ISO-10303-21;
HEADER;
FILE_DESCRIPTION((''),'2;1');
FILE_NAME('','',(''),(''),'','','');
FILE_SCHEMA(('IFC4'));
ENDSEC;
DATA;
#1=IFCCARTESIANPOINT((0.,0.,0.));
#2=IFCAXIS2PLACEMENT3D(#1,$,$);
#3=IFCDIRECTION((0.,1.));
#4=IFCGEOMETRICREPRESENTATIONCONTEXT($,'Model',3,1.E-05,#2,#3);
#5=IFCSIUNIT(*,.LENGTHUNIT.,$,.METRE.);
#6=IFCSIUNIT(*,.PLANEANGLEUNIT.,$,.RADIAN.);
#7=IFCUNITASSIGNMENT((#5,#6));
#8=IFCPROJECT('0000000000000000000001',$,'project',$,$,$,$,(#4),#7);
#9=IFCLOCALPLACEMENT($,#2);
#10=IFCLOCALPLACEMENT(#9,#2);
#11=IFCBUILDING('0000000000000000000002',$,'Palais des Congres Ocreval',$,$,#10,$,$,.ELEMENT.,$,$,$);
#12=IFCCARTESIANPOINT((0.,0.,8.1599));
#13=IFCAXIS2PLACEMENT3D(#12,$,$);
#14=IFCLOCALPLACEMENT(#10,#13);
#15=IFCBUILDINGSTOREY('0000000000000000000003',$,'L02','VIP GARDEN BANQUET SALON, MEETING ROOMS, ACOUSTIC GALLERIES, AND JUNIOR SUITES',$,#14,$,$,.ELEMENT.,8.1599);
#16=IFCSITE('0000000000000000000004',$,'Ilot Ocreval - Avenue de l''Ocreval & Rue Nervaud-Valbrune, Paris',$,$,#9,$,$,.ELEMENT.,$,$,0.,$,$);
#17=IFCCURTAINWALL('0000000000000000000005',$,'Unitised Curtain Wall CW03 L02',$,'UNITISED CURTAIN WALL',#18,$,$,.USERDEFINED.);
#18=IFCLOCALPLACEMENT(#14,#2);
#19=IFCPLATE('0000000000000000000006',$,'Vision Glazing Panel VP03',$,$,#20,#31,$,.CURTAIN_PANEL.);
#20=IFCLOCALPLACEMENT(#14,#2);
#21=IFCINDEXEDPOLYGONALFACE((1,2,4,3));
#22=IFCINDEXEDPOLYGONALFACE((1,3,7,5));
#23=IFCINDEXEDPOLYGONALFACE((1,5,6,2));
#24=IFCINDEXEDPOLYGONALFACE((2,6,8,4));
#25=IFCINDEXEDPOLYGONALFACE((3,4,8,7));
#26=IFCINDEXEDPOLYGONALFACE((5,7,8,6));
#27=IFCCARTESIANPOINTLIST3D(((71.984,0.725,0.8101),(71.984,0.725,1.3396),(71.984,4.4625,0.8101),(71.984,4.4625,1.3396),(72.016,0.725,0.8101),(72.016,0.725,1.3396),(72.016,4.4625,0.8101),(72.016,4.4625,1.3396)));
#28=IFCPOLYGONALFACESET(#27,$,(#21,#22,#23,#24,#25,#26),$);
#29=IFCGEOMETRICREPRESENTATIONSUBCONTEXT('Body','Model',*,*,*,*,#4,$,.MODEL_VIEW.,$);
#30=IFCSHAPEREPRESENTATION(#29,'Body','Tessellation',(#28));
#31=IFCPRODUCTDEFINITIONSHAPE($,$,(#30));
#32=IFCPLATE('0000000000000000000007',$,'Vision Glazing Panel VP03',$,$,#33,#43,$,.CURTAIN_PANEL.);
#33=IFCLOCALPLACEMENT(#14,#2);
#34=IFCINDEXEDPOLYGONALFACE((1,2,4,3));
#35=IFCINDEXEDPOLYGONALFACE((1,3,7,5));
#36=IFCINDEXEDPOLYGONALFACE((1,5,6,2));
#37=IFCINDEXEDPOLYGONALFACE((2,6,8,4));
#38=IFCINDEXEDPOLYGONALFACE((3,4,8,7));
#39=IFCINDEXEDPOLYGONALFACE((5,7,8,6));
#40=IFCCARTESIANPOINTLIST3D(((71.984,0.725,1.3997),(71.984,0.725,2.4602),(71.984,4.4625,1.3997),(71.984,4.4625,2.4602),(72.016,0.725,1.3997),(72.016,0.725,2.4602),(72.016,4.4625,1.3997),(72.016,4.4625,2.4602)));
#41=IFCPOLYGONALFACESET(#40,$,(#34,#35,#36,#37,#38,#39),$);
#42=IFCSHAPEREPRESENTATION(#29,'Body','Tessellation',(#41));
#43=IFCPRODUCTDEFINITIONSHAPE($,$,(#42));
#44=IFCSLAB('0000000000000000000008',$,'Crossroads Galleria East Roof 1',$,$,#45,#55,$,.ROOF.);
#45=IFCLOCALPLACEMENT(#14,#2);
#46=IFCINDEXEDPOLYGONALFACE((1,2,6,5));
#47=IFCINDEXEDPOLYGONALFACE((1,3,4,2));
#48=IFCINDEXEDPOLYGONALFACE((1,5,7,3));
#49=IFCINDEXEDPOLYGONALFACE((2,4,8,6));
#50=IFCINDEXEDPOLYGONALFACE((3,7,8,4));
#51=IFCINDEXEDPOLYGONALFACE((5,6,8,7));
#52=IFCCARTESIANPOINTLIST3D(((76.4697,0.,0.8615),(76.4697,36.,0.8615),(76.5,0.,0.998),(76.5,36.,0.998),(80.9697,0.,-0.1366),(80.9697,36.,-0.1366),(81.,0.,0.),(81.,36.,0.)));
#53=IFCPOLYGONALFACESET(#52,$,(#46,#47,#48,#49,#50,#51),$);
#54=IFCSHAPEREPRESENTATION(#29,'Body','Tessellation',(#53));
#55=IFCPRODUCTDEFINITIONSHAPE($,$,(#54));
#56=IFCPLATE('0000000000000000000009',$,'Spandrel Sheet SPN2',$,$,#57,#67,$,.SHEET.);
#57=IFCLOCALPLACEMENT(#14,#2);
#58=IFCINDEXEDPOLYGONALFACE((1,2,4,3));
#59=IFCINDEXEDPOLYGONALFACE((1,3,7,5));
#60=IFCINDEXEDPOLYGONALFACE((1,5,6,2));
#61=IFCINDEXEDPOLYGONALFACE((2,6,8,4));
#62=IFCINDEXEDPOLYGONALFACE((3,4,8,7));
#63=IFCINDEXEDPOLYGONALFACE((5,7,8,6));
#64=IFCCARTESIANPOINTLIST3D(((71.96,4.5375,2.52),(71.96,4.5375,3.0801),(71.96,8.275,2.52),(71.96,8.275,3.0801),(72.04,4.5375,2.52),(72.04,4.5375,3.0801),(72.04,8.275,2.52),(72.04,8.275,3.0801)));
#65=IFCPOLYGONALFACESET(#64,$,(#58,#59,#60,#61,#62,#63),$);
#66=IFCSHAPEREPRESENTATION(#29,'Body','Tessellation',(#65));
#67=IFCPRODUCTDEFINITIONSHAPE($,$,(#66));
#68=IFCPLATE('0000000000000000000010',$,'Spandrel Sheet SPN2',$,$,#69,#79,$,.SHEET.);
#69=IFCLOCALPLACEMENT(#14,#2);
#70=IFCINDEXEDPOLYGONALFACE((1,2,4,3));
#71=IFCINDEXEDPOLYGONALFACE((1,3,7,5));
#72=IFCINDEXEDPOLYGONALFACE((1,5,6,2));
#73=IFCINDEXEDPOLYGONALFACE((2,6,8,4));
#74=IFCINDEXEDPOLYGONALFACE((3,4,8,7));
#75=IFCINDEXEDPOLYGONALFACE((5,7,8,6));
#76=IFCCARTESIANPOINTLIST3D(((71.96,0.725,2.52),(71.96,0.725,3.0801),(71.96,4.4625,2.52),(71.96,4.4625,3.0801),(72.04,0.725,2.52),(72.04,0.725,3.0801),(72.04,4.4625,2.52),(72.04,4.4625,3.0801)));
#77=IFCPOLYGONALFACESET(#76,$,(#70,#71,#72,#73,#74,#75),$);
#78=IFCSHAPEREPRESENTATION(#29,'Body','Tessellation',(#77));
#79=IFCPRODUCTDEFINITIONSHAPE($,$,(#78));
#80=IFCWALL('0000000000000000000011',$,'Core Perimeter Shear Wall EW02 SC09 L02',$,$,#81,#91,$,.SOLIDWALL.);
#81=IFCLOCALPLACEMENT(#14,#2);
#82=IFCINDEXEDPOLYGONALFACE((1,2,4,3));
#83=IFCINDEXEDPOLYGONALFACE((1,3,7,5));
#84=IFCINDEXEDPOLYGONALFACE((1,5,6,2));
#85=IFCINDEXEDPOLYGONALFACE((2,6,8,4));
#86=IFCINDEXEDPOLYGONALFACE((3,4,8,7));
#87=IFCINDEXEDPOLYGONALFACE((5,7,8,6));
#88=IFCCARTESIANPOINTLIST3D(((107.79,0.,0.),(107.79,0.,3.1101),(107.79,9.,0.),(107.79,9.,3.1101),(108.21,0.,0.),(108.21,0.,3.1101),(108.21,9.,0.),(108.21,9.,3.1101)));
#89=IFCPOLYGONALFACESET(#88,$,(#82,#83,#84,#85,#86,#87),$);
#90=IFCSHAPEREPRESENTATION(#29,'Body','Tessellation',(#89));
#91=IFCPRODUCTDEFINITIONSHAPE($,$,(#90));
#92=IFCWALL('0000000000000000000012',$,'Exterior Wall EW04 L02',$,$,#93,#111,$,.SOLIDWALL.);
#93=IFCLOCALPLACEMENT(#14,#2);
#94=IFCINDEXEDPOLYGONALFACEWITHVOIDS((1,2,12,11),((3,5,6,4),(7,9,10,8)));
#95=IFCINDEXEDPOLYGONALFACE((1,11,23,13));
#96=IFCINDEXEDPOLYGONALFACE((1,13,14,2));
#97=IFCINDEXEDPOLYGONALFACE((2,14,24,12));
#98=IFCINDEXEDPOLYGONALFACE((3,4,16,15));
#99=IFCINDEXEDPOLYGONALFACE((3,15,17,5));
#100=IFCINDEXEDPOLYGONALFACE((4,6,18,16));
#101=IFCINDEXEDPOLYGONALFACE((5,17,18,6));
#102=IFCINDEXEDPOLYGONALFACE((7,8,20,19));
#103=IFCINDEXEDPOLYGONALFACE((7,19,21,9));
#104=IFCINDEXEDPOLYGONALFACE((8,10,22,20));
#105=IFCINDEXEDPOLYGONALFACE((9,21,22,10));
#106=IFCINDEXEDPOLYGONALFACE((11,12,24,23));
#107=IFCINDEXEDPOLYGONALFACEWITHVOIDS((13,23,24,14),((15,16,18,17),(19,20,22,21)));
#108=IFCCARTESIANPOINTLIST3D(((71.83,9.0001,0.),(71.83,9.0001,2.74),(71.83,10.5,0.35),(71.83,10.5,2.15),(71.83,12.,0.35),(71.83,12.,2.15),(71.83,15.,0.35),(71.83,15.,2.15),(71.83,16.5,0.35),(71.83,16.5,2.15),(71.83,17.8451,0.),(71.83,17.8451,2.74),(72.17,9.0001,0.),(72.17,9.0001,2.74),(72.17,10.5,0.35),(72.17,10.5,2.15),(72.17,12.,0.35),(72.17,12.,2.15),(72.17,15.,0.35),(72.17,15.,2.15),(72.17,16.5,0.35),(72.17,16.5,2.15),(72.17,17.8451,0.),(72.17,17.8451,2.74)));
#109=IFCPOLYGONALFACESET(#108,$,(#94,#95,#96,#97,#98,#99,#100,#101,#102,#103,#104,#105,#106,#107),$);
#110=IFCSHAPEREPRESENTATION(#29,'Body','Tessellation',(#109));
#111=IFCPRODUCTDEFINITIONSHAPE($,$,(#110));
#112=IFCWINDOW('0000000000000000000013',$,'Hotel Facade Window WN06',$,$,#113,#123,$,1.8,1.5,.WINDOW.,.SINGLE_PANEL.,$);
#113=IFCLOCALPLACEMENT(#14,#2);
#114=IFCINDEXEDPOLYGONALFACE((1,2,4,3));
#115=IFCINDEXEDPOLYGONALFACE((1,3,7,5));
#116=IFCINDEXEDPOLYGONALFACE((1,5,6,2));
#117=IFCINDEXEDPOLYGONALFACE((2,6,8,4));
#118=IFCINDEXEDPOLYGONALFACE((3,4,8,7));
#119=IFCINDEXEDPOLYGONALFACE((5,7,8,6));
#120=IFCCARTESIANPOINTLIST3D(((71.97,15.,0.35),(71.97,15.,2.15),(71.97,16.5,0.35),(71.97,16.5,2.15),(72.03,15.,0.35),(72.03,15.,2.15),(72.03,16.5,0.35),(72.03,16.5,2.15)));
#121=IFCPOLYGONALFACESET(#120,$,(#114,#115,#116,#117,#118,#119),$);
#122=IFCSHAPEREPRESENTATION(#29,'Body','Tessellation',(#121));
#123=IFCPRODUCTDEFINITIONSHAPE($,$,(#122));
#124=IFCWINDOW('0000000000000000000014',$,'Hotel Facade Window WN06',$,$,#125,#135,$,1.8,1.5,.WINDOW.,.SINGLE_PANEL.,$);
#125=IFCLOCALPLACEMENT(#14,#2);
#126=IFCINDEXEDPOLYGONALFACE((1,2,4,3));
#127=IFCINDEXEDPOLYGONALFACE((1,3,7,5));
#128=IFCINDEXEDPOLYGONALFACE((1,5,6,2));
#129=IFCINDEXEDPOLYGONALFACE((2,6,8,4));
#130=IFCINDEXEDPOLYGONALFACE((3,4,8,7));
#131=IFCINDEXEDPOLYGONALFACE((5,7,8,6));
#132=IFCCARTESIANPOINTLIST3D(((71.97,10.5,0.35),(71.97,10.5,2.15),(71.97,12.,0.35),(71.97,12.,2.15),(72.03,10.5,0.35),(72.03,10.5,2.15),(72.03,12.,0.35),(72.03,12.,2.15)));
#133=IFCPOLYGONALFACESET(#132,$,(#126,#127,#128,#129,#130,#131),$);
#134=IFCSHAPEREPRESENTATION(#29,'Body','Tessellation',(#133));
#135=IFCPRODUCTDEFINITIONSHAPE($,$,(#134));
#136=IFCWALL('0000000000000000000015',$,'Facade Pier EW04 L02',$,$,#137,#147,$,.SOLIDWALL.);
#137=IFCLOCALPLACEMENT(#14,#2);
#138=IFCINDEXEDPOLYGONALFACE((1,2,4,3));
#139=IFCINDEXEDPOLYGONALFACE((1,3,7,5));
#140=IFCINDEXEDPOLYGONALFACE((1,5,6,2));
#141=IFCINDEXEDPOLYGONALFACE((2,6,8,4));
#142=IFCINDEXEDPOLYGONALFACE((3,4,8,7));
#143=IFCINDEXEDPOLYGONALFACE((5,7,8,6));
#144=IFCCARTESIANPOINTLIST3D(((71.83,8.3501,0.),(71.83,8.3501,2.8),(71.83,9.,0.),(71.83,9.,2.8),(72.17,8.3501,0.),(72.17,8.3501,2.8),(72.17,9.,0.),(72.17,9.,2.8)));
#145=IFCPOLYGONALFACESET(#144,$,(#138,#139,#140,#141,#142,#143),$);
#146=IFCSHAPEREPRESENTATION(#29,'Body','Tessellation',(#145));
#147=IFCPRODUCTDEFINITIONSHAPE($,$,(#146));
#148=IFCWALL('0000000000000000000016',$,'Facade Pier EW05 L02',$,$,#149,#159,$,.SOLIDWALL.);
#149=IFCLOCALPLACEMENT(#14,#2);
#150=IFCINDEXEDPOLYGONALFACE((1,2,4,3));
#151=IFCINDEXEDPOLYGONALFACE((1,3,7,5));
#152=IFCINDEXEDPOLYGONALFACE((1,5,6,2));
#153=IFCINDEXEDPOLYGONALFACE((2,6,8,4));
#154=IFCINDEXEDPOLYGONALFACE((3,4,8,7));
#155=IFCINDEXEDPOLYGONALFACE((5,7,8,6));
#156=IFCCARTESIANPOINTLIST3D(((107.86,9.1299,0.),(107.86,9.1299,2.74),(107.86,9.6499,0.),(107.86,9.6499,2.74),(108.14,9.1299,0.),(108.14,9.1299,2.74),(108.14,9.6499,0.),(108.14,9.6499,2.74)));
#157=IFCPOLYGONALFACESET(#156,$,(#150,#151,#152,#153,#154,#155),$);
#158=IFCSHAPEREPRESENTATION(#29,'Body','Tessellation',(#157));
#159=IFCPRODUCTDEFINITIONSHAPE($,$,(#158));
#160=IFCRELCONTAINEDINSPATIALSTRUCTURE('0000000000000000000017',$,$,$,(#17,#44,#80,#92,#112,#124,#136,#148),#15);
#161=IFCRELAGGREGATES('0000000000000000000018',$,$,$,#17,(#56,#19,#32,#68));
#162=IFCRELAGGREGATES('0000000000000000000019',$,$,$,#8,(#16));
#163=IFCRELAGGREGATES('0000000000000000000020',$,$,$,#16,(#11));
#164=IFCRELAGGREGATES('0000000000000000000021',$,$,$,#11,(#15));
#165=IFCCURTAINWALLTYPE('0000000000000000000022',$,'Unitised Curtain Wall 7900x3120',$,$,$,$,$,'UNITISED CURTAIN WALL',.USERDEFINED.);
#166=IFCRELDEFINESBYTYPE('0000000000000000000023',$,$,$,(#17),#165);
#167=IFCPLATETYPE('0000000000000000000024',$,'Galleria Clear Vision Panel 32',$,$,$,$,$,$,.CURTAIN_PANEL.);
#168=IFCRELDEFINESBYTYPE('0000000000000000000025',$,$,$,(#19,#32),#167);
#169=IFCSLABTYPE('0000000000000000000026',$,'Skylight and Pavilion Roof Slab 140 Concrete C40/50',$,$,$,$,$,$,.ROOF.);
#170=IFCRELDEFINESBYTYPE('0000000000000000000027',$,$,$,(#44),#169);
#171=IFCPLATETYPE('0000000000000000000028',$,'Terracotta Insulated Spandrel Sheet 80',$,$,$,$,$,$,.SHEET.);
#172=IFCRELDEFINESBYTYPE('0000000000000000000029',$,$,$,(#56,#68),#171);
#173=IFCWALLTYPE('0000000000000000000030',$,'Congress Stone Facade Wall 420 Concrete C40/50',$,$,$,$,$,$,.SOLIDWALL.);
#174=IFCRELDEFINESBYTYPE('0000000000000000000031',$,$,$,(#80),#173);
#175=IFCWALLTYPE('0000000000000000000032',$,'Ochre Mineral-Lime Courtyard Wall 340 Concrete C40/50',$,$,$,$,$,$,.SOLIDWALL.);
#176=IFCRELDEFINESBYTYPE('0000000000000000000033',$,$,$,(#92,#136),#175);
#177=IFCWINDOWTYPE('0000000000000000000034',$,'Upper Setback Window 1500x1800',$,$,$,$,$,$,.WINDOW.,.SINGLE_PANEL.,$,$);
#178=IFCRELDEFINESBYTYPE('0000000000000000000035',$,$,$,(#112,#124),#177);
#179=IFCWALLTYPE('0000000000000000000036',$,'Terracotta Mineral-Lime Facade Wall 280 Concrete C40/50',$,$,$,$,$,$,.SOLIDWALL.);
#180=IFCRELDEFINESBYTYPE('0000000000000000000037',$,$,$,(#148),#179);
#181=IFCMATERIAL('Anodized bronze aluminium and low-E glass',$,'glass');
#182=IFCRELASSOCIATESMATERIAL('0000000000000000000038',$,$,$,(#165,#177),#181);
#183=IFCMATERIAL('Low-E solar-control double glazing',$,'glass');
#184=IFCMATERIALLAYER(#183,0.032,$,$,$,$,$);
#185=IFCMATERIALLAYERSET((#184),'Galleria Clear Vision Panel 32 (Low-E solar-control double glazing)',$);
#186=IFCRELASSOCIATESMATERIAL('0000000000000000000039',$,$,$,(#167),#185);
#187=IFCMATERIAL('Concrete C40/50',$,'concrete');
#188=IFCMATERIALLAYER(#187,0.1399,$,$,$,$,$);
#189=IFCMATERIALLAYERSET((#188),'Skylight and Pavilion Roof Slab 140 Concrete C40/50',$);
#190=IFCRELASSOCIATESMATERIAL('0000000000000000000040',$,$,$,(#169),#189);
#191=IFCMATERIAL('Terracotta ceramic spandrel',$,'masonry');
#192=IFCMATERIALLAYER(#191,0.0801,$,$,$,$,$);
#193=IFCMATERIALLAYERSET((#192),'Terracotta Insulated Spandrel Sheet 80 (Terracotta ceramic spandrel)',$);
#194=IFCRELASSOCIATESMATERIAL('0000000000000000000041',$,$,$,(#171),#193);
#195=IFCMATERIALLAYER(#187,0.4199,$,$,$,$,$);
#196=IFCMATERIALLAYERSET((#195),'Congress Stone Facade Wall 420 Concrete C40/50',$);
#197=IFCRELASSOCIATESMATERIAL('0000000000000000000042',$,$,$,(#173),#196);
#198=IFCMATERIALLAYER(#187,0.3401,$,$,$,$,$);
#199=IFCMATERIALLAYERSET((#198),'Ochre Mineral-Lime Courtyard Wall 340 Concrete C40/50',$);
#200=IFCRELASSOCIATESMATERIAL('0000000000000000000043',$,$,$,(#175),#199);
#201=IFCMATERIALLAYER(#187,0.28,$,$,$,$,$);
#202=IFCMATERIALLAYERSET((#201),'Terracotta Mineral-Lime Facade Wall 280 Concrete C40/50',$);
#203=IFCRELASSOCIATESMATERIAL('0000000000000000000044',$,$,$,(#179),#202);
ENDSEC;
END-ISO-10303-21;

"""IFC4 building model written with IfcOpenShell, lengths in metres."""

from ifc_helpers import new_model, si_unit, direction, frame, frame_2d, origin, origin_2d, place, context, subcontext, project, spatial, polyline, rectangle, outline, extrude, material, layer, layer_set, type_object, element, fill, aggregate, save


model = new_model("IFC4")

# Units and contexts
model_context = context("Model", 3, precision=1e-05, world=origin(), true_north=direction((0.0, 1.0)))
body_context = subcontext(model_context, "Body", "Model", "MODEL_VIEW")
ifc_project = project(units=[si_unit("LENGTHUNIT", "METRE"), si_unit("PLANEANGLEUNIT", "RADIAN")], contexts=[model_context])

# Site, building, storey
site_placement = place(None, origin())
site = spatial("IfcSite", under=ifc_project, at=site_placement, Name="Ilot Ocreval - Avenue de l'Ocreval & Rue Nervaud-Valbrune, Paris", CompositionType="ELEMENT", RefElevation=0.0)
building_placement = place(site_placement, origin())
building = spatial("IfcBuilding", under=site, at=building_placement, Name="Palais des Congres Ocreval", CompositionType="ELEMENT")
storey_placement = place(building_placement, frame((0.0, 0.0, 8.1599)))
storey = spatial("IfcBuildingStorey", under=building, at=storey_placement, Name="L02", Description="VIP GARDEN BANQUET SALON, MEETING ROOMS, ACOUSTIC GALLERIES, AND JUNIOR SUITES", CompositionType="ELEMENT", Elevation=8.1599)

# Shared definitions
ifc_material_1 = material(Name="Concrete C40/50", Category="concrete")

# Curtain wall
ifc_material_2 = material(Name="Anodized bronze aluminium and low-E glass", Category="glass")
curtain_wall_type = type_object("IfcCurtainWallType", Name="Unitised Curtain Wall 7900x3120", ElementType="UNITISED CURTAIN WALL", PredefinedType="USERDEFINED", material=ifc_material_2)
curtain_wall_1_placement = place(storey_placement, origin())
curtain_wall_1 = element("IfcCurtainWall", 1, at=curtain_wall_1_placement, inside=storey, type_object=curtain_wall_type, Name="Unitised Curtain Wall CW03 L02", ObjectType="UNITISED CURTAIN WALL", PredefinedType="USERDEFINED")

# Plates
ifc_material_3 = material(Name="Low-E solar-control double glazing", Category="glass")
ifc_layer_1 = layer(ifc_material_3, 0.032)
ifc_layer_set_1 = layer_set([ifc_layer_1], Name="Galleria Clear Vision Panel 32 (Low-E solar-control double glazing)")
plate_type_1 = type_object("IfcPlateType", Name="Galleria Clear Vision Panel 32", PredefinedType="CURTAIN_PANEL", material=ifc_layer_set_1)
plate_1_placement = place(storey_placement, frame((72.0, 2.5938, 0.8101), z_axis=(0.0, 0.0, 1.0), x_axis=(0.0, -1.0, 0.0)))
plate_1 = element("IfcPlate", 2, at=plate_1_placement, type_object=plate_type_1, Name="Vision Glazing Panel VP03", PredefinedType="CURTAIN_PANEL", context=body_context, shape_type="SweptSolid", body=[
    extrude(rectangle(XDim=3.7375, YDim=0.032, at=origin_2d()), origin(), (0.0, 0.0, 1.0), 0.5295),
])
plate_2_placement = place(storey_placement, frame((72.0, 2.5938, 1.3997), z_axis=(0.0, 0.0, 1.0), x_axis=(0.0, -1.0, 0.0)))
plate_2 = element("IfcPlate", 3, at=plate_2_placement, type_object=plate_type_1, Name="Vision Glazing Panel VP03", PredefinedType="CURTAIN_PANEL", context=body_context, shape_type="SweptSolid", body=[
    extrude(rectangle(XDim=3.7375, YDim=0.032, at=origin_2d()), origin(), (0.0, 0.0, 1.0), 1.0605),
])

# Slab
ifc_layer_2 = layer(ifc_material_1, 0.1399)
ifc_layer_set_2 = layer_set([ifc_layer_2], Name="Skylight and Pavilion Roof Slab 140 Concrete C40/50")
slab_type = type_object("IfcSlabType", Name="Skylight and Pavilion Roof Slab 140 Concrete C40/50", PredefinedType="ROOF", material=ifc_layer_set_2)
slab_placement = place(storey_placement, frame((76.5, 0.0, 0.998), z_axis=(0.216527, 0.0, 0.976277), x_axis=(0.976277, 0.0, -0.216527)))
element("IfcSlab", 4, at=slab_placement, inside=storey, type_object=slab_type, Name="Crossroads Galleria East Roof 1", PredefinedType="ROOF", context=body_context, shape_type="SweptSolid", body=[
    extrude(outline(polyline([(0.0, 0.0), (4.6093, 0.0), (4.6093, 36.0), (0.0, 36.0), (0.0, 0.0)])), origin(), (0.0, 0.0, -1.0), 0.1399),
])

# Plates
ifc_material_4 = material(Name="Terracotta ceramic spandrel", Category="masonry")
ifc_layer_3 = layer(ifc_material_4, 0.0801)
ifc_layer_set_3 = layer_set([ifc_layer_3], Name="Terracotta Insulated Spandrel Sheet 80 (Terracotta ceramic spandrel)")
plate_type_2 = type_object("IfcPlateType", Name="Terracotta Insulated Spandrel Sheet 80", PredefinedType="SHEET", material=ifc_layer_set_3)
plate_3_placement = place(storey_placement, frame((72.0, 6.4062, 2.52), z_axis=(0.0, 0.0, 1.0), x_axis=(0.0, -1.0, 0.0)))
plate_3 = element("IfcPlate", 5, at=plate_3_placement, type_object=plate_type_2, Name="Spandrel Sheet SPN2", PredefinedType="SHEET", context=body_context, shape_type="SweptSolid", body=[
    extrude(rectangle(XDim=3.7375, YDim=0.0801, at=origin_2d()), origin(), (0.0, 0.0, 1.0), 0.5601),
])
plate_4_placement = place(storey_placement, frame((72.0, 2.5938, 2.52), z_axis=(0.0, 0.0, 1.0), x_axis=(0.0, -1.0, 0.0)))
plate_4 = element("IfcPlate", 6, at=plate_4_placement, type_object=plate_type_2, Name="Spandrel Sheet SPN2", PredefinedType="SHEET", context=body_context, shape_type="SweptSolid", body=[
    extrude(rectangle(XDim=3.7375, YDim=0.0801, at=origin_2d()), origin(), (0.0, 0.0, 1.0), 0.5601),
])
aggregate(curtain_wall_1, [plate_3, plate_1, plate_2, plate_4])

# Wall
ifc_layer_4 = layer(ifc_material_1, 0.4199)
ifc_layer_set_4 = layer_set([ifc_layer_4], Name="Congress Stone Facade Wall 420 Concrete C40/50")
wall_type_1 = type_object("IfcWallType", Name="Congress Stone Facade Wall 420 Concrete C40/50", PredefinedType="SOLIDWALL", material=ifc_layer_set_4)
wall_1_placement = place(storey_placement, frame((108.0, 0.0, 0.0), z_axis=(0.0, 0.0, 1.0), x_axis=(0.0, 1.0, 0.0)))
element("IfcWall", 7, at=wall_1_placement, inside=storey, type_object=wall_type_1, Name="Core Perimeter Shear Wall EW02 SC09 L02", PredefinedType="SOLIDWALL", context=body_context, shape_type="SweptSolid", body=[
    extrude(rectangle(XDim=9.0, YDim=0.4199, at=frame_2d((4.5, 0.0))), origin(), (0.0, 0.0, 1.0), 3.1101),
])

# Wall, openings, windows
ifc_layer_5 = layer(ifc_material_1, 0.3401)
ifc_layer_set_5 = layer_set([ifc_layer_5], Name="Ochre Mineral-Lime Courtyard Wall 340 Concrete C40/50")
wall_type_2 = type_object("IfcWallType", Name="Ochre Mineral-Lime Courtyard Wall 340 Concrete C40/50", PredefinedType="SOLIDWALL", material=ifc_layer_set_5)
wall_2_placement = place(storey_placement, frame((72.0, 17.845, 0.0), z_axis=(0.0, 0.0, 1.0), x_axis=(0.0, -1.0, 0.0)))
wall_2 = element("IfcWall", 8, at=wall_2_placement, inside=storey, type_object=wall_type_2, Name="Exterior Wall EW04 L02", PredefinedType="SOLIDWALL", context=body_context, shape_type="SweptSolid", body=[
    extrude(rectangle(XDim=8.845, YDim=0.3401, at=frame_2d((4.4224, 0.0))), origin(), (0.0, 0.0, 1.0), 2.74),
])
opening_1_placement = place(wall_2_placement, frame((1.345, 0.0, 0.3501)))
opening_1 = element("IfcOpeningElement", 9, at=opening_1_placement, cuts=wall_2, PredefinedType="OPENING", context=body_context, shape_type="SweptSolid", body=[
    extrude(rectangle(XDim=1.5, YDim=1.8, at=frame_2d((0.75, 0.8999))), frame((0.0, 0.1799, 0.0), z_axis=(0.0, -1.0, 0.0), x_axis=(1.0, 0.0, 0.0)), (0.0, 0.0, 1.0), 0.3601),
])
opening_2_placement = place(wall_2_placement, frame((5.845, 0.0, 0.3501)))
opening_2 = element("IfcOpeningElement", 10, at=opening_2_placement, cuts=wall_2, PredefinedType="OPENING", context=body_context, shape_type="SweptSolid", body=[
    extrude(rectangle(XDim=1.5, YDim=1.8, at=frame_2d((0.75, 0.8999))), frame((0.0, 0.1799, 0.0), z_axis=(0.0, -1.0, 0.0), x_axis=(1.0, 0.0, 0.0)), (0.0, 0.0, 1.0), 0.3601),
])
window_type = type_object("IfcWindowType", Name="Upper Setback Window 1500x1800", PartitioningType="SINGLE_PANEL", PredefinedType="WINDOW", material=ifc_material_2)
window_1_placement = place(opening_1_placement, origin())
window_1 = element("IfcWindow", 11, at=window_1_placement, inside=storey, type_object=window_type, Name="Hotel Facade Window WN06", OverallHeight=1.8, OverallWidth=1.5, PartitioningType="SINGLE_PANEL", PredefinedType="WINDOW", context=body_context, shape_type="SweptSolid", body=[
    extrude(rectangle(XDim=1.5, YDim=1.8, at=frame_2d((0.75, 0.8999))), frame((0.0, 0.03, 0.0), z_axis=(0.0, -1.0, 0.0), x_axis=(1.0, 0.0, 0.0)), (0.0, 0.0, 1.0), 0.0601),
])
fill(opening_1, window_1)
window_2_placement = place(opening_2_placement, origin())
window_2 = element("IfcWindow", 12, at=window_2_placement, inside=storey, type_object=window_type, Name="Hotel Facade Window WN06", OverallHeight=1.8, OverallWidth=1.5, PartitioningType="SINGLE_PANEL", PredefinedType="WINDOW", context=body_context, shape_type="SweptSolid", body=[
    extrude(rectangle(XDim=1.5, YDim=1.8, at=frame_2d((0.75, 0.8999))), frame((0.0, 0.03, 0.0), z_axis=(0.0, -1.0, 0.0), x_axis=(1.0, 0.0, 0.0)), (0.0, 0.0, 1.0), 0.0601),
])
fill(opening_2, window_2)

# Walls
wall_3_placement = place(storey_placement, frame((72.0, 9.0, 0.0), z_axis=(0.0, 0.0, 1.0), x_axis=(0.0, -1.0, 0.0)))
element("IfcWall", 13, at=wall_3_placement, inside=storey, type_object=wall_type_2, Name="Facade Pier EW04 L02", PredefinedType="SOLIDWALL", context=body_context, shape_type="SweptSolid", body=[
    extrude(rectangle(XDim=0.6499, YDim=0.3401, at=frame_2d((0.325, 0.0))), origin(), (0.0, 0.0, 1.0), 2.8),
])
ifc_layer_6 = layer(ifc_material_1, 0.28)
ifc_layer_set_6 = layer_set([ifc_layer_6], Name="Terracotta Mineral-Lime Facade Wall 280 Concrete C40/50")
wall_type_3 = type_object("IfcWallType", Name="Terracotta Mineral-Lime Facade Wall 280 Concrete C40/50", PredefinedType="SOLIDWALL", material=ifc_layer_set_6)
wall_4_placement = place(storey_placement, frame((108.0, 9.1299, 0.0), z_axis=(0.0, 0.0, 1.0), x_axis=(0.0, 1.0, 0.0)))
element("IfcWall", 14, at=wall_4_placement, inside=storey, type_object=wall_type_3, Name="Facade Pier EW05 L02", PredefinedType="SOLIDWALL", context=body_context, shape_type="SweptSolid", body=[
    extrude(rectangle(XDim=0.52, YDim=0.28, at=frame_2d((0.26, 0.0))), origin(), (0.0, 0.0, 1.0), 2.74),
])

save(model, "model.ifc")
